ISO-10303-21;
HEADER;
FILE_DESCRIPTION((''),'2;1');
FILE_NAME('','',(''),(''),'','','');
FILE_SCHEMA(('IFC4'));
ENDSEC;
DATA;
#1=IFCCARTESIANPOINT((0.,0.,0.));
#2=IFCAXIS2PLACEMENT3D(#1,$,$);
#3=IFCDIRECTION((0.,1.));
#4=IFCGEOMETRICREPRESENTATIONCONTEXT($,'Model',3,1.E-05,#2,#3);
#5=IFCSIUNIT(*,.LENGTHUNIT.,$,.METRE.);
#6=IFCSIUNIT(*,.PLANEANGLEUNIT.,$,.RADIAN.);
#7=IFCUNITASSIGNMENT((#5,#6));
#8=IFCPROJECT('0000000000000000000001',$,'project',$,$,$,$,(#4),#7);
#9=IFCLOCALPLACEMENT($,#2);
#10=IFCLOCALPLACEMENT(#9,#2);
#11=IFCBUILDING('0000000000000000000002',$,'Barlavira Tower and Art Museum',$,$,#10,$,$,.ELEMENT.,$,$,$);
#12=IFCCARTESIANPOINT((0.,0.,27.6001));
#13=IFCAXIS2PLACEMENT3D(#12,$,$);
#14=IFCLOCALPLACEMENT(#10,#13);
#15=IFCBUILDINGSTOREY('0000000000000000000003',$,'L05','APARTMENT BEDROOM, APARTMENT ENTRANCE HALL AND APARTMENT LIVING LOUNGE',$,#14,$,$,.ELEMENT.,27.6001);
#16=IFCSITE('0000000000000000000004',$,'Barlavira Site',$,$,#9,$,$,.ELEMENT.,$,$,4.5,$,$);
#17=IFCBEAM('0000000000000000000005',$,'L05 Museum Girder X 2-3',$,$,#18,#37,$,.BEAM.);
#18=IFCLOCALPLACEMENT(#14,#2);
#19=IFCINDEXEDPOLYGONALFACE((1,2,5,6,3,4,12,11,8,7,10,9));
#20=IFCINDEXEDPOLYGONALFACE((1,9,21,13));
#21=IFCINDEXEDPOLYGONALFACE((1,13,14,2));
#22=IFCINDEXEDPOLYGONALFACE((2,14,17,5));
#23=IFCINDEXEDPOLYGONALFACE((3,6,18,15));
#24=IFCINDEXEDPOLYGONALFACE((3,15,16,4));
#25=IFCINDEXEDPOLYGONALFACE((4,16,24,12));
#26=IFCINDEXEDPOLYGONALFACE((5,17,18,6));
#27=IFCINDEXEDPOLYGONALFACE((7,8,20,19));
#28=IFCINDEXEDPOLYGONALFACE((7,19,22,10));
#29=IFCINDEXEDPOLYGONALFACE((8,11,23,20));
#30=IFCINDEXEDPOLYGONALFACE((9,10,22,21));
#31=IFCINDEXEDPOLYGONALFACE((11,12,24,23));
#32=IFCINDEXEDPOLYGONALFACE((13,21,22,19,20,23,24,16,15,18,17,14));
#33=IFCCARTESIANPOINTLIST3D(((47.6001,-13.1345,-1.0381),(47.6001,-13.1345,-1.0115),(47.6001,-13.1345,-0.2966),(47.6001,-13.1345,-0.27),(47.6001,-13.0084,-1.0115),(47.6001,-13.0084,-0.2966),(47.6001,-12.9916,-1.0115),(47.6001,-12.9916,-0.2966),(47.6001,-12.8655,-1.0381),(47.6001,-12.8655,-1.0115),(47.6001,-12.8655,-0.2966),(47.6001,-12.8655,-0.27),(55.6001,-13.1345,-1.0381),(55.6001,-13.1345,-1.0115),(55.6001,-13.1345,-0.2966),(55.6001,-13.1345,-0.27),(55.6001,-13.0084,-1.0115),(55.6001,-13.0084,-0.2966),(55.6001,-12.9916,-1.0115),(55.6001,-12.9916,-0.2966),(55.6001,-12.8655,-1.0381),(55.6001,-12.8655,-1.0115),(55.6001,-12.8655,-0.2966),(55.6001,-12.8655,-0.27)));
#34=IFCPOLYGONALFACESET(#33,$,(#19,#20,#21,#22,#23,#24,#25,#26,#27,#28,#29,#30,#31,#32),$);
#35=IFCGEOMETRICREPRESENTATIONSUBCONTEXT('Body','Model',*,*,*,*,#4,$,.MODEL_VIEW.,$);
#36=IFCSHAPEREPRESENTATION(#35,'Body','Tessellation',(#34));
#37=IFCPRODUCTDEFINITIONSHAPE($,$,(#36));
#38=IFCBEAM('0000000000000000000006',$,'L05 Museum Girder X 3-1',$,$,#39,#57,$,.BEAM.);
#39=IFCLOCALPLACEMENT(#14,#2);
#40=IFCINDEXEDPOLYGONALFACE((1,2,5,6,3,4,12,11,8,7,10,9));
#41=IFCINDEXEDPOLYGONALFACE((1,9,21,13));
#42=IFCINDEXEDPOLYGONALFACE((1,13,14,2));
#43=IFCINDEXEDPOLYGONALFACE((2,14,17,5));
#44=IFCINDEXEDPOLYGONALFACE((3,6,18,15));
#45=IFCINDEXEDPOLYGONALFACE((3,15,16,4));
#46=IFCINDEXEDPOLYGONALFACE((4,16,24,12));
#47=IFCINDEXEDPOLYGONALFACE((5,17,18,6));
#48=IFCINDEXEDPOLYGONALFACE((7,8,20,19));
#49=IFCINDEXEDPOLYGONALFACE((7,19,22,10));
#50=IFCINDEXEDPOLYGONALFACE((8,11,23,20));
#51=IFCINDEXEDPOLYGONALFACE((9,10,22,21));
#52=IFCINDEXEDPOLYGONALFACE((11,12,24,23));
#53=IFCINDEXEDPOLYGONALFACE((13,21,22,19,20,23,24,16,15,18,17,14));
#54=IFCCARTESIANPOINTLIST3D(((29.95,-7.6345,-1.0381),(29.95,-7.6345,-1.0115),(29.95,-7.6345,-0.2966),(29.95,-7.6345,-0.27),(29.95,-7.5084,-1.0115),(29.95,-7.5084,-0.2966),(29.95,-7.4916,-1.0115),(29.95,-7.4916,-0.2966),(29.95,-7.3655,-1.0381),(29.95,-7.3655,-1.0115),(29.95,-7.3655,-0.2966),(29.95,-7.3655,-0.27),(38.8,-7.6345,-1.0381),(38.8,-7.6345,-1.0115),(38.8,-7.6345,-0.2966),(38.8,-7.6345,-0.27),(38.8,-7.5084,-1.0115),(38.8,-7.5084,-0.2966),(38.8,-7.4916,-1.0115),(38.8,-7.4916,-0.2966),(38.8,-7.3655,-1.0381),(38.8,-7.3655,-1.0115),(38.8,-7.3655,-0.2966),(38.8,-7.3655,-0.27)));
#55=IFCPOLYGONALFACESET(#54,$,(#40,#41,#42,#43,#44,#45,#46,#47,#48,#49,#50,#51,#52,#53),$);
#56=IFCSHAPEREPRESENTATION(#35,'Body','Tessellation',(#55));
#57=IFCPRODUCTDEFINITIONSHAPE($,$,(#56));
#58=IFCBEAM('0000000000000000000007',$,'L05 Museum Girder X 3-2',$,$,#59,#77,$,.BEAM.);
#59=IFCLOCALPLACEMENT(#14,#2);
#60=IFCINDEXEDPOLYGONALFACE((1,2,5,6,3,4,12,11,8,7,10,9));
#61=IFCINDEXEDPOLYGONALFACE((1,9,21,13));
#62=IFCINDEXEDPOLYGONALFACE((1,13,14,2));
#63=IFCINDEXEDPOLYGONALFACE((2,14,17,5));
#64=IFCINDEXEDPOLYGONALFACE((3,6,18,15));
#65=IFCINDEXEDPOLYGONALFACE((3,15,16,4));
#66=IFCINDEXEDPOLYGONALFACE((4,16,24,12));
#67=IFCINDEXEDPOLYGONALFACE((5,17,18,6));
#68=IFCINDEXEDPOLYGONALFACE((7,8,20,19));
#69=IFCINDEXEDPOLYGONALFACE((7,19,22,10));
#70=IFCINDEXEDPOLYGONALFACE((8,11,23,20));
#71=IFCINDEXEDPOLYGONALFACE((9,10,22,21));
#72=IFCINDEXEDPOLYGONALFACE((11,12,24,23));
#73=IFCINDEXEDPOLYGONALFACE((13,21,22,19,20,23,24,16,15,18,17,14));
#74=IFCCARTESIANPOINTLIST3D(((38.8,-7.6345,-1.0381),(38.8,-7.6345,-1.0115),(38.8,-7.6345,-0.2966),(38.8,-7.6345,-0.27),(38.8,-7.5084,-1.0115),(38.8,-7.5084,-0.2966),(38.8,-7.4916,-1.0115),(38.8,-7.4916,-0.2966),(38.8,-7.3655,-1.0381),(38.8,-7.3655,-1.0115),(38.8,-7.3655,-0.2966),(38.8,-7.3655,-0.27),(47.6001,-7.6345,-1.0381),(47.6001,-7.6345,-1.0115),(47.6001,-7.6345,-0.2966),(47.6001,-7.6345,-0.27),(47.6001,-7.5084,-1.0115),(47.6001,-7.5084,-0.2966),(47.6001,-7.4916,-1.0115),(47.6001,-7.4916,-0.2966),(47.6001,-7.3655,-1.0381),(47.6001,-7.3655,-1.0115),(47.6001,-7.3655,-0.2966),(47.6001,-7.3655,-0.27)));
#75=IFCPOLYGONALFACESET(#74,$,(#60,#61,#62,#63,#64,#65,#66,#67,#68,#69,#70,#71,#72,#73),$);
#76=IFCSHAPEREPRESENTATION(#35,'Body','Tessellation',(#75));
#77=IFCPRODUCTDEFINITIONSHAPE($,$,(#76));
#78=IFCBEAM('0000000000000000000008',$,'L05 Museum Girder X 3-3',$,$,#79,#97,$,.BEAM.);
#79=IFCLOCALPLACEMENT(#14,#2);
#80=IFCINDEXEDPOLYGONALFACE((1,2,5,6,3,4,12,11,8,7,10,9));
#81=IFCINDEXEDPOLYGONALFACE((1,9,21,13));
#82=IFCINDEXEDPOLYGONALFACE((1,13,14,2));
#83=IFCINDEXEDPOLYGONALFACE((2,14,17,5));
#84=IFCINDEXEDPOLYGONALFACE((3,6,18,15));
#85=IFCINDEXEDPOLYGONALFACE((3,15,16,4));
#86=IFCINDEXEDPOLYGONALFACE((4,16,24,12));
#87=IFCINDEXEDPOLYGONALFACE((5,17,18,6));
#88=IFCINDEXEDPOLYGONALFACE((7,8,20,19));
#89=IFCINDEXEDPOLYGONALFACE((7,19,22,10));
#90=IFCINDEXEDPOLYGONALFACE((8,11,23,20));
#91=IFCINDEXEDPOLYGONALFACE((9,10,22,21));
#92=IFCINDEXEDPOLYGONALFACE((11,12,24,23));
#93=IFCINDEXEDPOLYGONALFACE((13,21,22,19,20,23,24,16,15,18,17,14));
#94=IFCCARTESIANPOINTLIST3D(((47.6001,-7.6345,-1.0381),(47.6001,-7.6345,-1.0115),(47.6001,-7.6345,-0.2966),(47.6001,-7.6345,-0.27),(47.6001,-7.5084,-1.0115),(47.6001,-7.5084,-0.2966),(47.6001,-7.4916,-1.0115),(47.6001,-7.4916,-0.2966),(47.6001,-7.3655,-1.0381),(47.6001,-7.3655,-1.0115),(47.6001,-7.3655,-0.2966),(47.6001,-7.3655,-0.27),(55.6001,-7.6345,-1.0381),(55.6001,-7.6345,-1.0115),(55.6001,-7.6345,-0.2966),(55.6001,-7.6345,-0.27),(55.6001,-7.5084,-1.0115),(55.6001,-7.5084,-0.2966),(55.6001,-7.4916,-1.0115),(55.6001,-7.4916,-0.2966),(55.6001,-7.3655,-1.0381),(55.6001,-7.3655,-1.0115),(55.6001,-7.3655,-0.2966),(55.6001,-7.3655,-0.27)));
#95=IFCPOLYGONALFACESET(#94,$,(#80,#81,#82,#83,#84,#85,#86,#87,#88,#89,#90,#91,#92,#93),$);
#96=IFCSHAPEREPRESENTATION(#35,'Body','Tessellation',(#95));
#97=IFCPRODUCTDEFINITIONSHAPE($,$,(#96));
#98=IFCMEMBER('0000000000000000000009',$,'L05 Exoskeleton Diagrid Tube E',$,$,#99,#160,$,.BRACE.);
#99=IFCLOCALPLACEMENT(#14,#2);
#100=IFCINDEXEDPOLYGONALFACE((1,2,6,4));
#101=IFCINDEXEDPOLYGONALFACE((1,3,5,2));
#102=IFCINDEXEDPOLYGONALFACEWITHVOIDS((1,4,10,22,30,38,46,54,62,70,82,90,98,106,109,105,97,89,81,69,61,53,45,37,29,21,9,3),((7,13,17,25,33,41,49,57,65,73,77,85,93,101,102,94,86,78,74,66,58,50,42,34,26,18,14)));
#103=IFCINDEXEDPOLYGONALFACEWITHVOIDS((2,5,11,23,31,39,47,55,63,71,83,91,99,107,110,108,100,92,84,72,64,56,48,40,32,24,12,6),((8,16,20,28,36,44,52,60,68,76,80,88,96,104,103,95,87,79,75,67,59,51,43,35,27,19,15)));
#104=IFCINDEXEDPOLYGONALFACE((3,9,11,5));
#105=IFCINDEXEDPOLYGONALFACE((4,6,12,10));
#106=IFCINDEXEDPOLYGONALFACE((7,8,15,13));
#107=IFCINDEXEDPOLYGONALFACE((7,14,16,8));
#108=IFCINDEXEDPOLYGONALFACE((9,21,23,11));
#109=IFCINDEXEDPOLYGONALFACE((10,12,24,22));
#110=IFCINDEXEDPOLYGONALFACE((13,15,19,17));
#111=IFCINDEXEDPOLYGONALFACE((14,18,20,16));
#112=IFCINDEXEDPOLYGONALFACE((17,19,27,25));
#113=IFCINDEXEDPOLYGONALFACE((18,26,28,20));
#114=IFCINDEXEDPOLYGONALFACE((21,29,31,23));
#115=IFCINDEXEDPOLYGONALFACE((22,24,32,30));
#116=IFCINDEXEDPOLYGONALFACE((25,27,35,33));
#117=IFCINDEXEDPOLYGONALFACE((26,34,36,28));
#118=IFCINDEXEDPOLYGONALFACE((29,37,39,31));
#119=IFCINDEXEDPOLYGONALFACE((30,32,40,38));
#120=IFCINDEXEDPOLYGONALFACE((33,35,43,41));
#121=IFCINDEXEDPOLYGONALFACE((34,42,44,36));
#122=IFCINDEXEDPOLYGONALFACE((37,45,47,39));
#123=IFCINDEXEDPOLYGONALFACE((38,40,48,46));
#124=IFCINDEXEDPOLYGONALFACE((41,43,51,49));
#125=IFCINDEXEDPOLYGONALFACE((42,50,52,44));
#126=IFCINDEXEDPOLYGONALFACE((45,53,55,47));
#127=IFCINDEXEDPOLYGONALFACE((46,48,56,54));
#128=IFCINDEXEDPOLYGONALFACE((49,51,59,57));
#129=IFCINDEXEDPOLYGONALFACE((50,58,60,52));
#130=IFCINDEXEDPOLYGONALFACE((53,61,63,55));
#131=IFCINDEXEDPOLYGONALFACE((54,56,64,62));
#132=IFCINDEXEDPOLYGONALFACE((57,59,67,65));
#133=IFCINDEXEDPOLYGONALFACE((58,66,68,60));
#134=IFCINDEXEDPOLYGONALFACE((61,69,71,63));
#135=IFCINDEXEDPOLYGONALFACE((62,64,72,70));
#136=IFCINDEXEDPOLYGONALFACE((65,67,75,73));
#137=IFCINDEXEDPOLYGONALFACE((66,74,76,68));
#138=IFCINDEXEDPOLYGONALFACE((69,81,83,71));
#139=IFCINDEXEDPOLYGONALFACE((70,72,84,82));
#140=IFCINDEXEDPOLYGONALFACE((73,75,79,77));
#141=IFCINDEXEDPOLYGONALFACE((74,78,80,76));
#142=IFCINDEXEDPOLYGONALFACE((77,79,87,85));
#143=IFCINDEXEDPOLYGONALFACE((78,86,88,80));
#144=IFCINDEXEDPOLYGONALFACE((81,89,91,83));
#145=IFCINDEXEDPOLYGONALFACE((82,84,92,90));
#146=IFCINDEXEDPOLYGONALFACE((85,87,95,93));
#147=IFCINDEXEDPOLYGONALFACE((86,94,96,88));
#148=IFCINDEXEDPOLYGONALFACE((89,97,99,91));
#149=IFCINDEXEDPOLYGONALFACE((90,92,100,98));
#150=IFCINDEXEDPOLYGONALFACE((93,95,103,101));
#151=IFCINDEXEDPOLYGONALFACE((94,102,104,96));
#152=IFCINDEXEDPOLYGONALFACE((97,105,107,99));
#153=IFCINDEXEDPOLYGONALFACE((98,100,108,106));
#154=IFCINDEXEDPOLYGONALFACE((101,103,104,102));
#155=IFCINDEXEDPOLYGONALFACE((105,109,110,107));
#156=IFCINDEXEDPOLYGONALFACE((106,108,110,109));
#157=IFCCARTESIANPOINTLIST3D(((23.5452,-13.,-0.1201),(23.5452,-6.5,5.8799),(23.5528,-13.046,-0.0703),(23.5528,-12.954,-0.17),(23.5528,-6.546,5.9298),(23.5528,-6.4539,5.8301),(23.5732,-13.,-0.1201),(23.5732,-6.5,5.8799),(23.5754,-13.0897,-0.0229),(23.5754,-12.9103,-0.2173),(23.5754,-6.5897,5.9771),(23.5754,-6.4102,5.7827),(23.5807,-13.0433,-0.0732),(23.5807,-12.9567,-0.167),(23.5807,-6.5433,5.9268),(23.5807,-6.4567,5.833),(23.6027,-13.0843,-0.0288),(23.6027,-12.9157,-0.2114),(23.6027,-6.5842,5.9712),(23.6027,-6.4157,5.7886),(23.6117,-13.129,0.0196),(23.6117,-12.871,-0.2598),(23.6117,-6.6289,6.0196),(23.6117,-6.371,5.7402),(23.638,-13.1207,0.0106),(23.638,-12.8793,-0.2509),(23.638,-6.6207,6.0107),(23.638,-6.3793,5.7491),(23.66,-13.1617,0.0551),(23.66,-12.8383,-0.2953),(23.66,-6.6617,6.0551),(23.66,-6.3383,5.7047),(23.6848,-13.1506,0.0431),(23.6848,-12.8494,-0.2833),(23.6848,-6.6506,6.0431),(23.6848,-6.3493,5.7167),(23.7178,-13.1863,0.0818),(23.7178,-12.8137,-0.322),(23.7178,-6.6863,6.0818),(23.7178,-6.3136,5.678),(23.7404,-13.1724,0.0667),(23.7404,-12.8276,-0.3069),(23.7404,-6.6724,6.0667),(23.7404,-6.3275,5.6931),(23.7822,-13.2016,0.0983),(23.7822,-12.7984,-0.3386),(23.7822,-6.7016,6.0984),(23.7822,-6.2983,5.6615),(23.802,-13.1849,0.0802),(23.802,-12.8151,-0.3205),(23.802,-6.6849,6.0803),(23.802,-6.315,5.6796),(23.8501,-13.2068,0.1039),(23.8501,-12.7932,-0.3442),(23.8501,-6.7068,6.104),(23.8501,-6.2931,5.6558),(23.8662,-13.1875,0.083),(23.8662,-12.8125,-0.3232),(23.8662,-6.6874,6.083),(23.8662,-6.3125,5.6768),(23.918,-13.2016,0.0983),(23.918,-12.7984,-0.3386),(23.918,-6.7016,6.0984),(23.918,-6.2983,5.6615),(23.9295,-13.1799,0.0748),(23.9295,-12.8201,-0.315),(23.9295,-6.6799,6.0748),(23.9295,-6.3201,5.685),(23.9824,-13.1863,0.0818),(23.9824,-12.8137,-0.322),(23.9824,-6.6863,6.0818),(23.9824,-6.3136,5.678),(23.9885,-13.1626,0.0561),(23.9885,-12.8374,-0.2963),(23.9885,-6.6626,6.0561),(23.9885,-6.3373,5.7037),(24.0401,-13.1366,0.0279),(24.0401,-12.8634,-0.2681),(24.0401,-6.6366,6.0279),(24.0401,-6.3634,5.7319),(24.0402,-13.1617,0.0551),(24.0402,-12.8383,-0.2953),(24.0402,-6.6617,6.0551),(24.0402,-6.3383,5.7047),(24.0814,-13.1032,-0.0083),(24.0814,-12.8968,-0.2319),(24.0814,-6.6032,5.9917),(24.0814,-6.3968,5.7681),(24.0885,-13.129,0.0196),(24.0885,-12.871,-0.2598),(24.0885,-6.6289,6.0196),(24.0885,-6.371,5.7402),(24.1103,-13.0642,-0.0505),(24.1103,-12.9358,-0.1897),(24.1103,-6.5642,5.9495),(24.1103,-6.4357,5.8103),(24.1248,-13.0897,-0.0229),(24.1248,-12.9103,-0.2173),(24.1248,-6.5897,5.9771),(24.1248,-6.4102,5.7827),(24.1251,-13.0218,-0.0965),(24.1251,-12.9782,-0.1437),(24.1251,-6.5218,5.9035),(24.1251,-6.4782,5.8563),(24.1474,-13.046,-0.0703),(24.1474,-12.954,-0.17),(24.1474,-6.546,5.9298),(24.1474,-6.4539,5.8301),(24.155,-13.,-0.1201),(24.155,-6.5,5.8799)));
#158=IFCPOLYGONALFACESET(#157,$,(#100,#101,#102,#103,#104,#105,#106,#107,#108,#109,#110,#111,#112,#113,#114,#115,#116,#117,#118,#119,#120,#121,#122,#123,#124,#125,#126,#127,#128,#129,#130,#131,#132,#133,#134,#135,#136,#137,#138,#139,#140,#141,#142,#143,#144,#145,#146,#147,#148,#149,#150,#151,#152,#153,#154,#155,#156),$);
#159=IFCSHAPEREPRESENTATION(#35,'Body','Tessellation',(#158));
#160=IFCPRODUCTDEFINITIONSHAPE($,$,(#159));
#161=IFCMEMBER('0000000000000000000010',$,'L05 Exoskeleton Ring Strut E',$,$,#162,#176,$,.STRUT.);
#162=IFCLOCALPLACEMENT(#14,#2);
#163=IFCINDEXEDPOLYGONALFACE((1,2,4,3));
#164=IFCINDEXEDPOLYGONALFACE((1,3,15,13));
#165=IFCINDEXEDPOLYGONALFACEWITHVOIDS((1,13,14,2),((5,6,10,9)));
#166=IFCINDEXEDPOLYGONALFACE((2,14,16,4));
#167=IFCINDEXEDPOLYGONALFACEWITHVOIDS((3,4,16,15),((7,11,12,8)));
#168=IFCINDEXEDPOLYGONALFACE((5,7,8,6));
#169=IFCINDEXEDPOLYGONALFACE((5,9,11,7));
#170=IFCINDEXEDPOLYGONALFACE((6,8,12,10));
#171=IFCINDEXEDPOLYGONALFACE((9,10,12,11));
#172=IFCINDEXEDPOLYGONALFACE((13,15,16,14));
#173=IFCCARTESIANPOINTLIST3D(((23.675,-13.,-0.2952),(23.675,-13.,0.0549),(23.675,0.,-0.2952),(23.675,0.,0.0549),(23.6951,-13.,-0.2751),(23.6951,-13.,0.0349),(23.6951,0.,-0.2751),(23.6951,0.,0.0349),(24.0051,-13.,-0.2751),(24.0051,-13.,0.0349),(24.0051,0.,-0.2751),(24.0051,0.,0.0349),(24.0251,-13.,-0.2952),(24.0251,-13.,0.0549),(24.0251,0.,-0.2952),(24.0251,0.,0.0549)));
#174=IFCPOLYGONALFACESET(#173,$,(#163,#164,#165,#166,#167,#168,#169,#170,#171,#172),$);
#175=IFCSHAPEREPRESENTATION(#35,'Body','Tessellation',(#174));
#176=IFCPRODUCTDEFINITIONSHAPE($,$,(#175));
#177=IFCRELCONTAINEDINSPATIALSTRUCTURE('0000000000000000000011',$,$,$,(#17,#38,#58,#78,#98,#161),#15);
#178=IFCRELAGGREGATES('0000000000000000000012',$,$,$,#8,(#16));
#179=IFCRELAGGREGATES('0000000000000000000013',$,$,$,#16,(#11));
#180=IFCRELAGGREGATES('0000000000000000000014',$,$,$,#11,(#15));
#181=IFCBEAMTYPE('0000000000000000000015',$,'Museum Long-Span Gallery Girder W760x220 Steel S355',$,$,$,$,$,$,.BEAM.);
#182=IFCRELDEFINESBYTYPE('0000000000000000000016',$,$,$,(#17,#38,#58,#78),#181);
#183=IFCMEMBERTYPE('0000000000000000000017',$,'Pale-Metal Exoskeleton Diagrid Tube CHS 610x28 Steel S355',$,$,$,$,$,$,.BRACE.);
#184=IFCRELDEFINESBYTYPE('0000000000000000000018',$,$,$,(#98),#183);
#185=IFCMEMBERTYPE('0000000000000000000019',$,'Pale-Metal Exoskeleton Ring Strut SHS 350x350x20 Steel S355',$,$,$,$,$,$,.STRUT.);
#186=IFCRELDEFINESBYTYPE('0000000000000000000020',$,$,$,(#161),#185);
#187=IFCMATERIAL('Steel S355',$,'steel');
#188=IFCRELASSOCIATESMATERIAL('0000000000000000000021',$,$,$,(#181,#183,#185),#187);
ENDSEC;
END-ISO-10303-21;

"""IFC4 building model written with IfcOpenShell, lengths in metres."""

from ifc_helpers import new_model, si_unit, direction, frame, origin, origin_2d, place, context, subcontext, project, spatial, hollow_rectangle, hollow_circle, i_section, extrude, material, material_profile, profile_set, type_object, element, save


model = new_model("IFC4")

# Units and contexts
model_context = context("Model", 3, precision=1e-05, world=origin(), true_north=direction((0.0, 1.0)))
body_context = subcontext(model_context, "Body", "Model", "MODEL_VIEW")
ifc_project = project(units=[si_unit("LENGTHUNIT", "METRE"), si_unit("PLANEANGLEUNIT", "RADIAN")], contexts=[model_context])

# Site, building, storey
site_placement = place(None, origin())
site = spatial("IfcSite", under=ifc_project, at=site_placement, Name="Barlavira Site", CompositionType="ELEMENT", RefElevation=4.5)
building_placement = place(site_placement, origin())
building = spatial("IfcBuilding", under=site, at=building_placement, Name="Barlavira Tower and Art Museum", CompositionType="ELEMENT")
storey_placement = place(building_placement, frame((0.0, 0.0, 27.6001)))
storey = spatial("IfcBuildingStorey", under=building, at=storey_placement, Name="L05", Description="APARTMENT BEDROOM, APARTMENT ENTRANCE HALL AND APARTMENT LIVING LOUNGE", CompositionType="ELEMENT", Elevation=27.6001)

# Beams
ifc_material_1 = material(Name="Steel S355", Category="steel")
ifc_material_profile_1 = material_profile(ifc_material_1, i_section(OverallWidth=0.269, OverallDepth=0.7681, WebThickness=0.0168, FlangeThickness=0.0266, at=origin_2d()), Name="W760x220.0")
ifc_profile_set_1 = profile_set([ifc_material_profile_1], Name="Steel S355")
beam_type_1 = type_object("IfcBeamType", Name="Museum Long-Span Gallery Girder W760x220 Steel S355", PredefinedType="BEAM", material=ifc_profile_set_1)
beam_1_placement = place(storey_placement, frame((47.6001, -13.0, -0.6541), z_axis=(1.0, 0.0, 0.0), x_axis=(0.0, 1.0, 0.0)))
element("IfcBeam", 1, at=beam_1_placement, inside=storey, type_object=beam_type_1, Name="L05 Museum Girder X 2-3", PredefinedType="BEAM", context=body_context, shape_type="SweptSolid", body=[
    extrude(i_section(OverallWidth=0.269, OverallDepth=0.7681, WebThickness=0.0168, FlangeThickness=0.0266, at=origin_2d()), origin(), (0.0, 0.0, 1.0), 8.0),
])
beam_2_placement = place(storey_placement, frame((29.95, -7.5, -0.6541), z_axis=(1.0, 0.0, 0.0), x_axis=(0.0, 1.0, 0.0)))
element("IfcBeam", 2, at=beam_2_placement, inside=storey, type_object=beam_type_1, Name="L05 Museum Girder X 3-1", PredefinedType="BEAM", context=body_context, shape_type="SweptSolid", body=[
    extrude(i_section(OverallWidth=0.269, OverallDepth=0.7681, WebThickness=0.0168, FlangeThickness=0.0266, at=origin_2d()), origin(), (0.0, 0.0, 1.0), 8.8501),
])
beam_3_placement = place(storey_placement, frame((38.8, -7.5, -0.6541), z_axis=(1.0, 0.0, 0.0), x_axis=(0.0, 1.0, 0.0)))
element("IfcBeam", 3, at=beam_3_placement, inside=storey, type_object=beam_type_1, Name="L05 Museum Girder X 3-2", PredefinedType="BEAM", context=body_context, shape_type="SweptSolid", body=[
    extrude(i_section(OverallWidth=0.269, OverallDepth=0.7681, WebThickness=0.0168, FlangeThickness=0.0266, at=origin_2d()), origin(), (0.0, 0.0, 1.0), 8.8),
])
beam_4_placement = place(storey_placement, frame((47.6001, -7.5, -0.6541), z_axis=(1.0, 0.0, 0.0), x_axis=(0.0, 1.0, 0.0)))
element("IfcBeam", 4, at=beam_4_placement, inside=storey, type_object=beam_type_1, Name="L05 Museum Girder X 3-3", PredefinedType="BEAM", context=body_context, shape_type="SweptSolid", body=[
    extrude(i_section(OverallWidth=0.269, OverallDepth=0.7681, WebThickness=0.0168, FlangeThickness=0.0266, at=origin_2d()), origin(), (0.0, 0.0, 1.0), 8.0),
])

# Members
ifc_material_profile_2 = material_profile(ifc_material_1, hollow_circle(Radius=0.3049, WallThickness=0.0281, at=origin_2d()), Name="CHS 610.0x28.0")
ifc_profile_set_2 = profile_set([ifc_material_profile_2], Name="Steel S355")
member_type_1 = type_object("IfcMemberType", Name="Pale-Metal Exoskeleton Diagrid Tube CHS 610x28 Steel S355", PredefinedType="BRACE", material=ifc_profile_set_2)
member_1_placement = place(storey_placement, frame((23.8501, -13.0, -0.1201), z_axis=(0.0, 0.734803, 0.67828), x_axis=(-1.0, 0.0, 0.0)))
element("IfcMember", 5, at=member_1_placement, inside=storey, type_object=member_type_1, Name="L05 Exoskeleton Diagrid Tube E", PredefinedType="BRACE", context=body_context, shape_type="SweptSolid", body=[
    extrude(hollow_circle(Radius=0.3049, WallThickness=0.0281, at=origin_2d()), origin(), (0.0, 0.0, 1.0), 8.8459),
])
ifc_material_profile_3 = material_profile(ifc_material_1, hollow_rectangle(XDim=0.3501, YDim=0.3501, WallThickness=0.02, at=origin_2d()), Name="SHS 350x350x20.0")
ifc_profile_set_3 = profile_set([ifc_material_profile_3], Name="Steel S355")
member_type_2 = type_object("IfcMemberType", Name="Pale-Metal Exoskeleton Ring Strut SHS 350x350x20 Steel S355", PredefinedType="STRUT", material=ifc_profile_set_3)
member_2_placement = place(storey_placement, frame((23.8501, -13.0, -0.1201), z_axis=(0.0, 1.0, 0.0), x_axis=(-1.0, 0.0, 0.0)))
element("IfcMember", 6, at=member_2_placement, inside=storey, type_object=member_type_2, Name="L05 Exoskeleton Ring Strut E", PredefinedType="STRUT", context=body_context, shape_type="SweptSolid", body=[
    extrude(hollow_rectangle(XDim=0.3501, YDim=0.3501, WallThickness=0.02, at=origin_2d()), origin(), (0.0, 0.0, 1.0), 13.0),
])

save(model, "model.ifc")
